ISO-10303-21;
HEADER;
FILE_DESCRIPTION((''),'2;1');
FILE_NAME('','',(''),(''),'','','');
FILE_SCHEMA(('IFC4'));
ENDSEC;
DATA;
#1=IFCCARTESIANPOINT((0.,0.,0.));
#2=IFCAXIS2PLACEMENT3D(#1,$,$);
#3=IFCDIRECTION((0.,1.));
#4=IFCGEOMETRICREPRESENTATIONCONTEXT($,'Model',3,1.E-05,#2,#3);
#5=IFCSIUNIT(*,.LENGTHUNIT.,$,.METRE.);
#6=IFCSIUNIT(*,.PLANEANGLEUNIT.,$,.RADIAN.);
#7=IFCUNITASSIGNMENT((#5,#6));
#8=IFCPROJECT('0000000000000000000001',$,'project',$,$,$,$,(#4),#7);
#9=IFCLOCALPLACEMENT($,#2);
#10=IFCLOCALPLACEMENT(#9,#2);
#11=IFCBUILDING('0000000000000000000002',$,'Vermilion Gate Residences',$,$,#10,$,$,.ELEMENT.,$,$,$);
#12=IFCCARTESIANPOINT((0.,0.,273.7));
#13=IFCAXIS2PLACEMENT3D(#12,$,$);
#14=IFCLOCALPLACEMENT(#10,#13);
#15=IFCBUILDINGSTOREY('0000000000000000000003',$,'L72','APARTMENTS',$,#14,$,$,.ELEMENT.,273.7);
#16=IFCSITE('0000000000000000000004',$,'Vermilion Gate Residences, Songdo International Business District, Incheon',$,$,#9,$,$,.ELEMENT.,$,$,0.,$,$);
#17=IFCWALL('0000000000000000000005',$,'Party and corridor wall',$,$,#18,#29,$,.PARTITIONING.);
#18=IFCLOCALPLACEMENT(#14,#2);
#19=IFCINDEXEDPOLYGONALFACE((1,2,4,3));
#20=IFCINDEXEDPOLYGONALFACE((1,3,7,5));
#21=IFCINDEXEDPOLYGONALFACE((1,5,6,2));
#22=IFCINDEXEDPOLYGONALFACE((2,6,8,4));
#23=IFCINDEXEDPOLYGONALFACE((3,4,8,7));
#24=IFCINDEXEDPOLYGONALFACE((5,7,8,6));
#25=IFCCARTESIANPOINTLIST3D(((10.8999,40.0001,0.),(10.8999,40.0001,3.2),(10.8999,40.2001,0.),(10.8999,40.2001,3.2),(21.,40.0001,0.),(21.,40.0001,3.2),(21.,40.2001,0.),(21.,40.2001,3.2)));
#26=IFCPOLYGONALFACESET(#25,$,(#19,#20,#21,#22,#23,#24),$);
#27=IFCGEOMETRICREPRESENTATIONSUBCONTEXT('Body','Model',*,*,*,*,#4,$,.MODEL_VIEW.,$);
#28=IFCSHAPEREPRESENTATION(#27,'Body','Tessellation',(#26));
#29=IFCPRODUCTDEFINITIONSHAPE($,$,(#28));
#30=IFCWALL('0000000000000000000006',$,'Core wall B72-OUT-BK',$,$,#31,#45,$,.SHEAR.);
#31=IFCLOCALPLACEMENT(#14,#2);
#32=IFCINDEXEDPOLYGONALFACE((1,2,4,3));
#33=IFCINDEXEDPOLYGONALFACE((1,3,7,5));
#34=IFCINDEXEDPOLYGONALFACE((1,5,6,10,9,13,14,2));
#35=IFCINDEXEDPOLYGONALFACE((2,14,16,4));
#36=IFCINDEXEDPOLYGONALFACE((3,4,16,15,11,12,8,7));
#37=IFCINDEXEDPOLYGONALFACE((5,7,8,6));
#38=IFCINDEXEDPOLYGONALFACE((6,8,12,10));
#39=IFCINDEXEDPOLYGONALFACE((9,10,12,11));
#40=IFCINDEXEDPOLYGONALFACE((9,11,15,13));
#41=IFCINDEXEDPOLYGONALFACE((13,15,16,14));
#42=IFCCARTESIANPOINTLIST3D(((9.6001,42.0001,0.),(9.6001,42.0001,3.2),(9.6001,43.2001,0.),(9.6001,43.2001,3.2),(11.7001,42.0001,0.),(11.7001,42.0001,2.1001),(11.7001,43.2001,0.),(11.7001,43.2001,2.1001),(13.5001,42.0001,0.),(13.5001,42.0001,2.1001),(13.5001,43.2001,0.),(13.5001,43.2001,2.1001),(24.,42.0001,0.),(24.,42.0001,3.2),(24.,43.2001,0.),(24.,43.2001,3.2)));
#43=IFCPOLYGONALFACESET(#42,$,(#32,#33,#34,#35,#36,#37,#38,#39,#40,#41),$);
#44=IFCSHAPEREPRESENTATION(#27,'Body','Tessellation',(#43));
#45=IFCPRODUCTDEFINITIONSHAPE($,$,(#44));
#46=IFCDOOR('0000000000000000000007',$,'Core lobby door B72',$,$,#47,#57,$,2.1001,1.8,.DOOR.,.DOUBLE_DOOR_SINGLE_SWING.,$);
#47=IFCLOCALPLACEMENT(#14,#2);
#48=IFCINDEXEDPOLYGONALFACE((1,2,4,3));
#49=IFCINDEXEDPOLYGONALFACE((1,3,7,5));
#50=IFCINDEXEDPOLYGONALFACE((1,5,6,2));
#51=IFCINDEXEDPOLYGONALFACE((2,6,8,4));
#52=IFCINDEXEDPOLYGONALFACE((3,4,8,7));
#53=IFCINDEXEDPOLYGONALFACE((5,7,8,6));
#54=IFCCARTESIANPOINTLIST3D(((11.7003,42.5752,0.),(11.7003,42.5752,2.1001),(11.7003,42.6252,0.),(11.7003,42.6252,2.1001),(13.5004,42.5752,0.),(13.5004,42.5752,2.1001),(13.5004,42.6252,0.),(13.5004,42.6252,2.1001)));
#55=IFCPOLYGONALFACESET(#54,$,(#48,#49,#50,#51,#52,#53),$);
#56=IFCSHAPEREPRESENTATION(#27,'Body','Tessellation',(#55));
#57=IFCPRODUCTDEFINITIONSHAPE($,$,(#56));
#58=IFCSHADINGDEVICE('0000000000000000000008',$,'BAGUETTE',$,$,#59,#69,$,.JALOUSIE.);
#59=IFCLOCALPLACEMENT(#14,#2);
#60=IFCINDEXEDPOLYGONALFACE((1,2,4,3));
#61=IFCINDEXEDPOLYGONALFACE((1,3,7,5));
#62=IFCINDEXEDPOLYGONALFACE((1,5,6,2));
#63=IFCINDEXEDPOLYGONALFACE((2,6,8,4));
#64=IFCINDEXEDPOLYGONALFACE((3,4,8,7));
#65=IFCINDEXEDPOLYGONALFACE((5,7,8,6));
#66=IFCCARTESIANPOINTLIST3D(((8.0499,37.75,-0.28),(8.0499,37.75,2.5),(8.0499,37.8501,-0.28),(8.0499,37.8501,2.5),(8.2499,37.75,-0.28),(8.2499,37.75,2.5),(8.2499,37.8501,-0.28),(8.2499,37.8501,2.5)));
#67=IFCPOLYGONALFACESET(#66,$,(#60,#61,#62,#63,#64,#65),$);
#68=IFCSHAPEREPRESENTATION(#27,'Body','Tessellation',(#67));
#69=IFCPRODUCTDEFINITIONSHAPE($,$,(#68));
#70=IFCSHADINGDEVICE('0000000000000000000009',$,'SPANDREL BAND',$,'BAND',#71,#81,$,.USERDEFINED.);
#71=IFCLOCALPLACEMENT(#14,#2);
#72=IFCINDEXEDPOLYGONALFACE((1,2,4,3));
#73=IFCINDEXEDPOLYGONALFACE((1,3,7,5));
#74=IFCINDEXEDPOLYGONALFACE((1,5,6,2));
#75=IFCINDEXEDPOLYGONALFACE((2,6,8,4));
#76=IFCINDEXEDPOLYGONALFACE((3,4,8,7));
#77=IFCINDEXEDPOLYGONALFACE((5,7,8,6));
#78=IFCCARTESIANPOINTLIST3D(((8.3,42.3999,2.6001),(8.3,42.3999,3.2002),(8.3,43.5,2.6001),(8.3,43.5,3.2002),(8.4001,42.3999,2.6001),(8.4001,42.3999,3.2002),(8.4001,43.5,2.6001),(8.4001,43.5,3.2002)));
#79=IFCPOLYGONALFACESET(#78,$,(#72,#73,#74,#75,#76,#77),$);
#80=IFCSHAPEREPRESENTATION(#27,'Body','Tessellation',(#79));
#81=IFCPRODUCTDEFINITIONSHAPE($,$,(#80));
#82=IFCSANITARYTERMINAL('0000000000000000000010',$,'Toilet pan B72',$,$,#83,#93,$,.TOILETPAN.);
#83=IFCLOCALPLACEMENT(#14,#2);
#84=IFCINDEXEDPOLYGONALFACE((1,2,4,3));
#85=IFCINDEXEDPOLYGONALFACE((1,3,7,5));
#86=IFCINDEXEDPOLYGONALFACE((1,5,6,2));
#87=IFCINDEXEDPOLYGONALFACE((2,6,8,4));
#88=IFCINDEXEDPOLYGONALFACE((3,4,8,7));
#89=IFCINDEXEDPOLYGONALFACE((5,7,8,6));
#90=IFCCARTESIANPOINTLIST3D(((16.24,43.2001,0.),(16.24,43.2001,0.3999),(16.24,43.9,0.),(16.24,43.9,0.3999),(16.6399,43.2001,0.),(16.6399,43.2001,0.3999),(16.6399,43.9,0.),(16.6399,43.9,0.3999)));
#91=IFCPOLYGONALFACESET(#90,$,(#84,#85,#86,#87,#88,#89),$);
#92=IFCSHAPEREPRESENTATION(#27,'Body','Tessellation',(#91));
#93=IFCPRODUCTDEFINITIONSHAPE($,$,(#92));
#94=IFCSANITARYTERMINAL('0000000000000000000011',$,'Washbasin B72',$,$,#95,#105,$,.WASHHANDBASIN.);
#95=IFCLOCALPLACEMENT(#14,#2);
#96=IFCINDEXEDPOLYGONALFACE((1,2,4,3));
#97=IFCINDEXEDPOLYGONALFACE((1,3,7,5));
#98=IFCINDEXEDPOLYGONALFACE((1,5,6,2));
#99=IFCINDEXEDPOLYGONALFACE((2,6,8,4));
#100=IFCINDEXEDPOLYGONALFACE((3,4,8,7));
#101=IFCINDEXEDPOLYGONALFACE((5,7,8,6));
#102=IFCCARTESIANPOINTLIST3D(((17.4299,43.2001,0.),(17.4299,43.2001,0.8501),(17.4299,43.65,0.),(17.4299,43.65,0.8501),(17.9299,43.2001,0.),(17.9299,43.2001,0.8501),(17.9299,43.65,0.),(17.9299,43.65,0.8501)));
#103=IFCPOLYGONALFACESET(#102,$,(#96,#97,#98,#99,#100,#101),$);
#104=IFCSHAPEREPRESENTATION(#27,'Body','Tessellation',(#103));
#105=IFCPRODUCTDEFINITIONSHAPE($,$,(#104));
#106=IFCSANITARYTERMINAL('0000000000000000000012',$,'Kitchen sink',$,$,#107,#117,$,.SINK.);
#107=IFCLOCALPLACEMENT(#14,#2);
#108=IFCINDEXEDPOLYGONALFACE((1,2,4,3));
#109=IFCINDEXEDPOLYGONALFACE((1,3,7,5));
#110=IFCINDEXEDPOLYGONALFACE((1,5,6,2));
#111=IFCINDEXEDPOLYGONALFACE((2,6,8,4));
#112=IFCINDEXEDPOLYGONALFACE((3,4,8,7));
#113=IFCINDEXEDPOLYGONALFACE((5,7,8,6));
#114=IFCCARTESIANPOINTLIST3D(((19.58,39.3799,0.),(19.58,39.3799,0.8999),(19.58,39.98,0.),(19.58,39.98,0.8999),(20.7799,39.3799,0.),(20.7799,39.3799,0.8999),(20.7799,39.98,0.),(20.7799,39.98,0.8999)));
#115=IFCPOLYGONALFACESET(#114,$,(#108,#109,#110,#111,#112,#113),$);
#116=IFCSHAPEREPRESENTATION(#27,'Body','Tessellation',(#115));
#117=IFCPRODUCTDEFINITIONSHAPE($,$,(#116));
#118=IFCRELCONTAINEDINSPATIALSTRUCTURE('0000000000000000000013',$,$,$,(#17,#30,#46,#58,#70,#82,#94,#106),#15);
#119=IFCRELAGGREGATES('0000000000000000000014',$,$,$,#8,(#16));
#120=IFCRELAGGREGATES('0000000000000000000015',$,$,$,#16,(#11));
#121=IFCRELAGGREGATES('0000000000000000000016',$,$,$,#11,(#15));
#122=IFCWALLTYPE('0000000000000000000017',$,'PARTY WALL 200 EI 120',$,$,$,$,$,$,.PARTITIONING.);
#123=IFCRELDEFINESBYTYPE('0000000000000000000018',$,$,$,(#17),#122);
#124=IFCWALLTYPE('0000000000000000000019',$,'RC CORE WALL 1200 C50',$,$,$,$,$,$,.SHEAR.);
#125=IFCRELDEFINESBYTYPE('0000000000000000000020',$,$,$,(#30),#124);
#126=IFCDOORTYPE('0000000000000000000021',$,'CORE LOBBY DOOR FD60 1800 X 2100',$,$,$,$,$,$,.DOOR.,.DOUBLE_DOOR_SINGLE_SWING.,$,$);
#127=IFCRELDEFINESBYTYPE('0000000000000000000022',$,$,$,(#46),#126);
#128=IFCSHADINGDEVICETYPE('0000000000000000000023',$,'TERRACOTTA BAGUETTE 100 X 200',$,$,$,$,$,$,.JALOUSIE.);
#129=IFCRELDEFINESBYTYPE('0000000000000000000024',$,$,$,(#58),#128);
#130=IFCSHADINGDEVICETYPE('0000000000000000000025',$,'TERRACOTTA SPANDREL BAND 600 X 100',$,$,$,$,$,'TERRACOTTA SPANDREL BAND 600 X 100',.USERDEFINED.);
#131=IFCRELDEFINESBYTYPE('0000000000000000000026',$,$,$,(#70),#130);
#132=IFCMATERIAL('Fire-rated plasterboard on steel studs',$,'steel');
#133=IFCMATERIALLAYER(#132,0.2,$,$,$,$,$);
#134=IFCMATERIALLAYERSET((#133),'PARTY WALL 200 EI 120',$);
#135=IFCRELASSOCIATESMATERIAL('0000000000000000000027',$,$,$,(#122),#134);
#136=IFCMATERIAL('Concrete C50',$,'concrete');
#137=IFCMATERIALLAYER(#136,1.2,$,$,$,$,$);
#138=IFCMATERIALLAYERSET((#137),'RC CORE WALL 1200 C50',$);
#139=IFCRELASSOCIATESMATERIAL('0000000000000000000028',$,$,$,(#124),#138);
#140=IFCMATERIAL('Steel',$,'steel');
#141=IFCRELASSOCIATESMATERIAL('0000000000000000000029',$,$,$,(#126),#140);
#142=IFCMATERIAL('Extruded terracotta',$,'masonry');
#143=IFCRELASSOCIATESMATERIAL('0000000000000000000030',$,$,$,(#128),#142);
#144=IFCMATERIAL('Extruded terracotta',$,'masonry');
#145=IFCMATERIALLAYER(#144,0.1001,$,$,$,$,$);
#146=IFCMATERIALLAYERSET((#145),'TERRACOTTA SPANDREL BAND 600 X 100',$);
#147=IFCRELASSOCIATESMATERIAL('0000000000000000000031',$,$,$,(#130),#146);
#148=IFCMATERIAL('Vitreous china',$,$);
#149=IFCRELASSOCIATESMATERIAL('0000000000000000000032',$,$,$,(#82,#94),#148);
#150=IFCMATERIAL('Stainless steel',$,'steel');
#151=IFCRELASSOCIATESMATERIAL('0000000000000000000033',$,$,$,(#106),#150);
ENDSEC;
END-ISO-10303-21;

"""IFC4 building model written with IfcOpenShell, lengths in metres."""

from ifc_helpers import new_model, si_unit, direction, frame, frame_2d, origin, origin_2d, place, context, subcontext, project, spatial, rectangle, extrude, material, layer, layer_set, material_profile, profile_set, type_object, element, fill, save


model = new_model("IFC4")

# Units and contexts
model_context = context("Model", 3, precision=1e-05, world=origin(), true_north=direction((0.0, 1.0)))
body_context = subcontext(model_context, "Body", "Model", "MODEL_VIEW")
ifc_project = project(units=[si_unit("LENGTHUNIT", "METRE"), si_unit("PLANEANGLEUNIT", "RADIAN")], contexts=[model_context])

# Site, building, storey
site_placement = place(None, origin())
site = spatial("IfcSite", under=ifc_project, at=site_placement, Name="Vermilion Gate Residences, Songdo International Business District, Incheon", CompositionType="ELEMENT", RefElevation=0.0)
building_placement = place(site_placement, origin())
building = spatial("IfcBuilding", under=site, at=building_placement, Name="Vermilion Gate Residences", CompositionType="ELEMENT")
storey_placement = place(building_placement, frame((0.0, 0.0, 273.7)))
storey = spatial("IfcBuildingStorey", under=building, at=storey_placement, Name="L72", Description="APARTMENTS", CompositionType="ELEMENT", Elevation=273.7)

# Wall
ifc_material_1 = material(Name="Fire-rated plasterboard on steel studs", Category="steel")
ifc_layer_1 = layer(ifc_material_1, 0.2)
ifc_layer_set_1 = layer_set([ifc_layer_1], Name="PARTY WALL 200 EI 120")
wall_type_1 = type_object("IfcWallType", Name="PARTY WALL 200 EI 120", PredefinedType="PARTITIONING", material=ifc_layer_set_1)
wall_1_placement = place(storey_placement, frame((10.8999, 40.1001, 0.0), z_axis=(0.0, 0.0, 1.0), x_axis=(1.0, 0.0, 0.0)))
element("IfcWall", 1, at=wall_1_placement, inside=storey, type_object=wall_type_1, Name="Party and corridor wall", PredefinedType="PARTITIONING", context=body_context, shape_type="SweptSolid", body=[
    extrude(rectangle(XDim=10.1001, YDim=0.2, at=frame_2d((5.05, 0.0))), origin(), (0.0, 0.0, 1.0), 3.2),
])

# Wall, opening, door
ifc_material_2 = material(Name="Concrete C50", Category="concrete")
ifc_layer_2 = layer(ifc_material_2, 1.2)
ifc_layer_set_2 = layer_set([ifc_layer_2], Name="RC CORE WALL 1200 C50")
wall_type_2 = type_object("IfcWallType", Name="RC CORE WALL 1200 C50", PredefinedType="SHEAR", material=ifc_layer_set_2)
wall_2_placement = place(storey_placement, frame((9.6001, 42.6001, 0.0), z_axis=(0.0, 0.0, 1.0), x_axis=(1.0, 0.0, 0.0)))
wall_2 = element("IfcWall", 2, at=wall_2_placement, inside=storey, type_object=wall_type_2, Name="Core wall B72-OUT-BK", PredefinedType="SHEAR", context=body_context, shape_type="SweptSolid", body=[
    extrude(rectangle(XDim=14.3999, YDim=1.2, at=frame_2d((7.2, 0.0))), origin(), (0.0, 0.0, 1.0), 3.2),
])
opening_1_placement = place(wall_2_placement, frame((2.1001, 0.0, 0.0)))
opening_1 = element("IfcOpeningElement", 3, at=opening_1_placement, cuts=wall_2, PredefinedType="OPENING", context=body_context, shape_type="SweptSolid", body=[
    extrude(rectangle(XDim=1.8, YDim=2.1001, at=frame_2d((0.8999, 1.05))), frame((0.0, 0.6099, 0.0), z_axis=(0.0, -1.0, 0.0), x_axis=(1.0, 0.0, 0.0)), (0.0, 0.0, 1.0), 1.22),
])
ifc_material_3 = material(Name="Steel", Category="steel")
door_type_1 = type_object("IfcDoorType", Name="CORE LOBBY DOOR FD60 1800 X 2100", OperationType="DOUBLE_DOOR_SINGLE_SWING", PredefinedType="DOOR", material=ifc_material_3)
door_1_placement = place(opening_1_placement, frame((1.8, 0.0, 0.0), z_axis=(0.0, 0.0, 1.0), x_axis=(-1.0, 0.0, 0.0)))
door_1 = element("IfcDoor", 4, at=door_1_placement, inside=storey, type_object=door_type_1, Name="Core lobby door B72", OperationType="DOUBLE_DOOR_SINGLE_SWING", OverallHeight=2.1001, OverallWidth=1.8, PredefinedType="DOOR", context=body_context, shape_type="SweptSolid", body=[
    extrude(rectangle(XDim=1.8, YDim=2.1001, at=frame_2d((0.8999, 1.05))), frame((0.0, 0.0249, 0.0), z_axis=(0.0, -1.0, 0.0), x_axis=(1.0, 0.0, 0.0)), (0.0, 0.0, 1.0), 0.05),
])
fill(opening_1, door_1)

# Shading devices
ifc_material_4 = material(Name="Extruded terracotta", Category="masonry")
ifc_material_profile = material_profile(ifc_material_4, rectangle(XDim=0.2, YDim=0.1001, at=origin_2d()), Name="BAGUETTE 100 X 200")
ifc_profile_set = profile_set([ifc_material_profile], Name="Extruded terracotta")
shading_device_type_1 = type_object("IfcShadingDeviceType", Name="TERRACOTTA BAGUETTE 100 X 200", PredefinedType="JALOUSIE", material=ifc_profile_set)
shading_device_1_placement = place(storey_placement, frame((8.1499, 37.8, -0.28), z_axis=(0.0, 0.0, 1.0), x_axis=(1.0, 0.0, 0.0)))
element("IfcShadingDevice", 5, at=shading_device_1_placement, inside=storey, type_object=shading_device_type_1, Name="BAGUETTE", PredefinedType="JALOUSIE", context=body_context, shape_type="SweptSolid", body=[
    extrude(rectangle(XDim=0.2, YDim=0.1001, at=origin_2d()), origin(), (0.0, 0.0, 1.0), 2.78),
])
ifc_material_5 = material(Name="Extruded terracotta", Category="masonry")
ifc_layer_3 = layer(ifc_material_5, 0.1001)
ifc_layer_set_3 = layer_set([ifc_layer_3], Name="TERRACOTTA SPANDREL BAND 600 X 100")
shading_device_type_2 = type_object("IfcShadingDeviceType", Name="TERRACOTTA SPANDREL BAND 600 X 100", ElementType="TERRACOTTA SPANDREL BAND 600 X 100", PredefinedType="USERDEFINED", material=ifc_layer_set_3)
shading_device_2_placement = place(storey_placement, frame((8.3501, 42.95, 2.6001), z_axis=(0.0, 0.0, 1.0), x_axis=(0.0, 1.0, 0.0)))
element("IfcShadingDevice", 6, at=shading_device_2_placement, inside=storey, type_object=shading_device_type_2, Name="SPANDREL BAND", ObjectType="BAND", PredefinedType="USERDEFINED", context=body_context, shape_type="SweptSolid", body=[
    extrude(rectangle(XDim=1.1001, YDim=0.1001, at=origin_2d()), origin(), (0.0, 0.0, 1.0), 0.6001),
])

# Sanitary terminals
ifc_material_6 = material(Name="Vitreous china")
sanitary_terminal_1_placement = place(storey_placement, frame((16.4399, 43.55, 0.0), z_axis=(0.0, 0.0, 1.0), x_axis=(1.0, 0.0, 0.0)))
element("IfcSanitaryTerminal", 7, at=sanitary_terminal_1_placement, inside=storey, material=ifc_material_6, Name="Toilet pan B72", PredefinedType="TOILETPAN", context=body_context, shape_type="SweptSolid", body=[
    extrude(rectangle(XDim=0.3999, YDim=0.7, at=origin_2d()), origin(), (0.0, 0.0, 1.0), 0.3999),
])
sanitary_terminal_2_placement = place(storey_placement, frame((17.6799, 43.425, 0.0), z_axis=(0.0, 0.0, 1.0), x_axis=(1.0, 0.0, 0.0)))
element("IfcSanitaryTerminal", 8, at=sanitary_terminal_2_placement, inside=storey, material=ifc_material_6, Name="Washbasin B72", PredefinedType="WASHHANDBASIN", context=body_context, shape_type="SweptSolid", body=[
    extrude(rectangle(XDim=0.5, YDim=0.45, at=origin_2d()), origin(), (0.0, 0.0, 1.0), 0.8501),
])
ifc_material_7 = material(Name="Stainless steel", Category="steel")
sanitary_terminal_3_placement = place(storey_placement, frame((20.1799, 39.6799, 0.0), z_axis=(0.0, 0.0, 1.0), x_axis=(1.0, 0.0, 0.0)))
element("IfcSanitaryTerminal", 9, at=sanitary_terminal_3_placement, inside=storey, material=ifc_material_7, Name="Kitchen sink", PredefinedType="SINK", context=body_context, shape_type="SweptSolid", body=[
    extrude(rectangle(XDim=1.2, YDim=0.6001, at=origin_2d()), origin(), (0.0, 0.0, 1.0), 0.8999),
])

save(model, "model.ifc")
